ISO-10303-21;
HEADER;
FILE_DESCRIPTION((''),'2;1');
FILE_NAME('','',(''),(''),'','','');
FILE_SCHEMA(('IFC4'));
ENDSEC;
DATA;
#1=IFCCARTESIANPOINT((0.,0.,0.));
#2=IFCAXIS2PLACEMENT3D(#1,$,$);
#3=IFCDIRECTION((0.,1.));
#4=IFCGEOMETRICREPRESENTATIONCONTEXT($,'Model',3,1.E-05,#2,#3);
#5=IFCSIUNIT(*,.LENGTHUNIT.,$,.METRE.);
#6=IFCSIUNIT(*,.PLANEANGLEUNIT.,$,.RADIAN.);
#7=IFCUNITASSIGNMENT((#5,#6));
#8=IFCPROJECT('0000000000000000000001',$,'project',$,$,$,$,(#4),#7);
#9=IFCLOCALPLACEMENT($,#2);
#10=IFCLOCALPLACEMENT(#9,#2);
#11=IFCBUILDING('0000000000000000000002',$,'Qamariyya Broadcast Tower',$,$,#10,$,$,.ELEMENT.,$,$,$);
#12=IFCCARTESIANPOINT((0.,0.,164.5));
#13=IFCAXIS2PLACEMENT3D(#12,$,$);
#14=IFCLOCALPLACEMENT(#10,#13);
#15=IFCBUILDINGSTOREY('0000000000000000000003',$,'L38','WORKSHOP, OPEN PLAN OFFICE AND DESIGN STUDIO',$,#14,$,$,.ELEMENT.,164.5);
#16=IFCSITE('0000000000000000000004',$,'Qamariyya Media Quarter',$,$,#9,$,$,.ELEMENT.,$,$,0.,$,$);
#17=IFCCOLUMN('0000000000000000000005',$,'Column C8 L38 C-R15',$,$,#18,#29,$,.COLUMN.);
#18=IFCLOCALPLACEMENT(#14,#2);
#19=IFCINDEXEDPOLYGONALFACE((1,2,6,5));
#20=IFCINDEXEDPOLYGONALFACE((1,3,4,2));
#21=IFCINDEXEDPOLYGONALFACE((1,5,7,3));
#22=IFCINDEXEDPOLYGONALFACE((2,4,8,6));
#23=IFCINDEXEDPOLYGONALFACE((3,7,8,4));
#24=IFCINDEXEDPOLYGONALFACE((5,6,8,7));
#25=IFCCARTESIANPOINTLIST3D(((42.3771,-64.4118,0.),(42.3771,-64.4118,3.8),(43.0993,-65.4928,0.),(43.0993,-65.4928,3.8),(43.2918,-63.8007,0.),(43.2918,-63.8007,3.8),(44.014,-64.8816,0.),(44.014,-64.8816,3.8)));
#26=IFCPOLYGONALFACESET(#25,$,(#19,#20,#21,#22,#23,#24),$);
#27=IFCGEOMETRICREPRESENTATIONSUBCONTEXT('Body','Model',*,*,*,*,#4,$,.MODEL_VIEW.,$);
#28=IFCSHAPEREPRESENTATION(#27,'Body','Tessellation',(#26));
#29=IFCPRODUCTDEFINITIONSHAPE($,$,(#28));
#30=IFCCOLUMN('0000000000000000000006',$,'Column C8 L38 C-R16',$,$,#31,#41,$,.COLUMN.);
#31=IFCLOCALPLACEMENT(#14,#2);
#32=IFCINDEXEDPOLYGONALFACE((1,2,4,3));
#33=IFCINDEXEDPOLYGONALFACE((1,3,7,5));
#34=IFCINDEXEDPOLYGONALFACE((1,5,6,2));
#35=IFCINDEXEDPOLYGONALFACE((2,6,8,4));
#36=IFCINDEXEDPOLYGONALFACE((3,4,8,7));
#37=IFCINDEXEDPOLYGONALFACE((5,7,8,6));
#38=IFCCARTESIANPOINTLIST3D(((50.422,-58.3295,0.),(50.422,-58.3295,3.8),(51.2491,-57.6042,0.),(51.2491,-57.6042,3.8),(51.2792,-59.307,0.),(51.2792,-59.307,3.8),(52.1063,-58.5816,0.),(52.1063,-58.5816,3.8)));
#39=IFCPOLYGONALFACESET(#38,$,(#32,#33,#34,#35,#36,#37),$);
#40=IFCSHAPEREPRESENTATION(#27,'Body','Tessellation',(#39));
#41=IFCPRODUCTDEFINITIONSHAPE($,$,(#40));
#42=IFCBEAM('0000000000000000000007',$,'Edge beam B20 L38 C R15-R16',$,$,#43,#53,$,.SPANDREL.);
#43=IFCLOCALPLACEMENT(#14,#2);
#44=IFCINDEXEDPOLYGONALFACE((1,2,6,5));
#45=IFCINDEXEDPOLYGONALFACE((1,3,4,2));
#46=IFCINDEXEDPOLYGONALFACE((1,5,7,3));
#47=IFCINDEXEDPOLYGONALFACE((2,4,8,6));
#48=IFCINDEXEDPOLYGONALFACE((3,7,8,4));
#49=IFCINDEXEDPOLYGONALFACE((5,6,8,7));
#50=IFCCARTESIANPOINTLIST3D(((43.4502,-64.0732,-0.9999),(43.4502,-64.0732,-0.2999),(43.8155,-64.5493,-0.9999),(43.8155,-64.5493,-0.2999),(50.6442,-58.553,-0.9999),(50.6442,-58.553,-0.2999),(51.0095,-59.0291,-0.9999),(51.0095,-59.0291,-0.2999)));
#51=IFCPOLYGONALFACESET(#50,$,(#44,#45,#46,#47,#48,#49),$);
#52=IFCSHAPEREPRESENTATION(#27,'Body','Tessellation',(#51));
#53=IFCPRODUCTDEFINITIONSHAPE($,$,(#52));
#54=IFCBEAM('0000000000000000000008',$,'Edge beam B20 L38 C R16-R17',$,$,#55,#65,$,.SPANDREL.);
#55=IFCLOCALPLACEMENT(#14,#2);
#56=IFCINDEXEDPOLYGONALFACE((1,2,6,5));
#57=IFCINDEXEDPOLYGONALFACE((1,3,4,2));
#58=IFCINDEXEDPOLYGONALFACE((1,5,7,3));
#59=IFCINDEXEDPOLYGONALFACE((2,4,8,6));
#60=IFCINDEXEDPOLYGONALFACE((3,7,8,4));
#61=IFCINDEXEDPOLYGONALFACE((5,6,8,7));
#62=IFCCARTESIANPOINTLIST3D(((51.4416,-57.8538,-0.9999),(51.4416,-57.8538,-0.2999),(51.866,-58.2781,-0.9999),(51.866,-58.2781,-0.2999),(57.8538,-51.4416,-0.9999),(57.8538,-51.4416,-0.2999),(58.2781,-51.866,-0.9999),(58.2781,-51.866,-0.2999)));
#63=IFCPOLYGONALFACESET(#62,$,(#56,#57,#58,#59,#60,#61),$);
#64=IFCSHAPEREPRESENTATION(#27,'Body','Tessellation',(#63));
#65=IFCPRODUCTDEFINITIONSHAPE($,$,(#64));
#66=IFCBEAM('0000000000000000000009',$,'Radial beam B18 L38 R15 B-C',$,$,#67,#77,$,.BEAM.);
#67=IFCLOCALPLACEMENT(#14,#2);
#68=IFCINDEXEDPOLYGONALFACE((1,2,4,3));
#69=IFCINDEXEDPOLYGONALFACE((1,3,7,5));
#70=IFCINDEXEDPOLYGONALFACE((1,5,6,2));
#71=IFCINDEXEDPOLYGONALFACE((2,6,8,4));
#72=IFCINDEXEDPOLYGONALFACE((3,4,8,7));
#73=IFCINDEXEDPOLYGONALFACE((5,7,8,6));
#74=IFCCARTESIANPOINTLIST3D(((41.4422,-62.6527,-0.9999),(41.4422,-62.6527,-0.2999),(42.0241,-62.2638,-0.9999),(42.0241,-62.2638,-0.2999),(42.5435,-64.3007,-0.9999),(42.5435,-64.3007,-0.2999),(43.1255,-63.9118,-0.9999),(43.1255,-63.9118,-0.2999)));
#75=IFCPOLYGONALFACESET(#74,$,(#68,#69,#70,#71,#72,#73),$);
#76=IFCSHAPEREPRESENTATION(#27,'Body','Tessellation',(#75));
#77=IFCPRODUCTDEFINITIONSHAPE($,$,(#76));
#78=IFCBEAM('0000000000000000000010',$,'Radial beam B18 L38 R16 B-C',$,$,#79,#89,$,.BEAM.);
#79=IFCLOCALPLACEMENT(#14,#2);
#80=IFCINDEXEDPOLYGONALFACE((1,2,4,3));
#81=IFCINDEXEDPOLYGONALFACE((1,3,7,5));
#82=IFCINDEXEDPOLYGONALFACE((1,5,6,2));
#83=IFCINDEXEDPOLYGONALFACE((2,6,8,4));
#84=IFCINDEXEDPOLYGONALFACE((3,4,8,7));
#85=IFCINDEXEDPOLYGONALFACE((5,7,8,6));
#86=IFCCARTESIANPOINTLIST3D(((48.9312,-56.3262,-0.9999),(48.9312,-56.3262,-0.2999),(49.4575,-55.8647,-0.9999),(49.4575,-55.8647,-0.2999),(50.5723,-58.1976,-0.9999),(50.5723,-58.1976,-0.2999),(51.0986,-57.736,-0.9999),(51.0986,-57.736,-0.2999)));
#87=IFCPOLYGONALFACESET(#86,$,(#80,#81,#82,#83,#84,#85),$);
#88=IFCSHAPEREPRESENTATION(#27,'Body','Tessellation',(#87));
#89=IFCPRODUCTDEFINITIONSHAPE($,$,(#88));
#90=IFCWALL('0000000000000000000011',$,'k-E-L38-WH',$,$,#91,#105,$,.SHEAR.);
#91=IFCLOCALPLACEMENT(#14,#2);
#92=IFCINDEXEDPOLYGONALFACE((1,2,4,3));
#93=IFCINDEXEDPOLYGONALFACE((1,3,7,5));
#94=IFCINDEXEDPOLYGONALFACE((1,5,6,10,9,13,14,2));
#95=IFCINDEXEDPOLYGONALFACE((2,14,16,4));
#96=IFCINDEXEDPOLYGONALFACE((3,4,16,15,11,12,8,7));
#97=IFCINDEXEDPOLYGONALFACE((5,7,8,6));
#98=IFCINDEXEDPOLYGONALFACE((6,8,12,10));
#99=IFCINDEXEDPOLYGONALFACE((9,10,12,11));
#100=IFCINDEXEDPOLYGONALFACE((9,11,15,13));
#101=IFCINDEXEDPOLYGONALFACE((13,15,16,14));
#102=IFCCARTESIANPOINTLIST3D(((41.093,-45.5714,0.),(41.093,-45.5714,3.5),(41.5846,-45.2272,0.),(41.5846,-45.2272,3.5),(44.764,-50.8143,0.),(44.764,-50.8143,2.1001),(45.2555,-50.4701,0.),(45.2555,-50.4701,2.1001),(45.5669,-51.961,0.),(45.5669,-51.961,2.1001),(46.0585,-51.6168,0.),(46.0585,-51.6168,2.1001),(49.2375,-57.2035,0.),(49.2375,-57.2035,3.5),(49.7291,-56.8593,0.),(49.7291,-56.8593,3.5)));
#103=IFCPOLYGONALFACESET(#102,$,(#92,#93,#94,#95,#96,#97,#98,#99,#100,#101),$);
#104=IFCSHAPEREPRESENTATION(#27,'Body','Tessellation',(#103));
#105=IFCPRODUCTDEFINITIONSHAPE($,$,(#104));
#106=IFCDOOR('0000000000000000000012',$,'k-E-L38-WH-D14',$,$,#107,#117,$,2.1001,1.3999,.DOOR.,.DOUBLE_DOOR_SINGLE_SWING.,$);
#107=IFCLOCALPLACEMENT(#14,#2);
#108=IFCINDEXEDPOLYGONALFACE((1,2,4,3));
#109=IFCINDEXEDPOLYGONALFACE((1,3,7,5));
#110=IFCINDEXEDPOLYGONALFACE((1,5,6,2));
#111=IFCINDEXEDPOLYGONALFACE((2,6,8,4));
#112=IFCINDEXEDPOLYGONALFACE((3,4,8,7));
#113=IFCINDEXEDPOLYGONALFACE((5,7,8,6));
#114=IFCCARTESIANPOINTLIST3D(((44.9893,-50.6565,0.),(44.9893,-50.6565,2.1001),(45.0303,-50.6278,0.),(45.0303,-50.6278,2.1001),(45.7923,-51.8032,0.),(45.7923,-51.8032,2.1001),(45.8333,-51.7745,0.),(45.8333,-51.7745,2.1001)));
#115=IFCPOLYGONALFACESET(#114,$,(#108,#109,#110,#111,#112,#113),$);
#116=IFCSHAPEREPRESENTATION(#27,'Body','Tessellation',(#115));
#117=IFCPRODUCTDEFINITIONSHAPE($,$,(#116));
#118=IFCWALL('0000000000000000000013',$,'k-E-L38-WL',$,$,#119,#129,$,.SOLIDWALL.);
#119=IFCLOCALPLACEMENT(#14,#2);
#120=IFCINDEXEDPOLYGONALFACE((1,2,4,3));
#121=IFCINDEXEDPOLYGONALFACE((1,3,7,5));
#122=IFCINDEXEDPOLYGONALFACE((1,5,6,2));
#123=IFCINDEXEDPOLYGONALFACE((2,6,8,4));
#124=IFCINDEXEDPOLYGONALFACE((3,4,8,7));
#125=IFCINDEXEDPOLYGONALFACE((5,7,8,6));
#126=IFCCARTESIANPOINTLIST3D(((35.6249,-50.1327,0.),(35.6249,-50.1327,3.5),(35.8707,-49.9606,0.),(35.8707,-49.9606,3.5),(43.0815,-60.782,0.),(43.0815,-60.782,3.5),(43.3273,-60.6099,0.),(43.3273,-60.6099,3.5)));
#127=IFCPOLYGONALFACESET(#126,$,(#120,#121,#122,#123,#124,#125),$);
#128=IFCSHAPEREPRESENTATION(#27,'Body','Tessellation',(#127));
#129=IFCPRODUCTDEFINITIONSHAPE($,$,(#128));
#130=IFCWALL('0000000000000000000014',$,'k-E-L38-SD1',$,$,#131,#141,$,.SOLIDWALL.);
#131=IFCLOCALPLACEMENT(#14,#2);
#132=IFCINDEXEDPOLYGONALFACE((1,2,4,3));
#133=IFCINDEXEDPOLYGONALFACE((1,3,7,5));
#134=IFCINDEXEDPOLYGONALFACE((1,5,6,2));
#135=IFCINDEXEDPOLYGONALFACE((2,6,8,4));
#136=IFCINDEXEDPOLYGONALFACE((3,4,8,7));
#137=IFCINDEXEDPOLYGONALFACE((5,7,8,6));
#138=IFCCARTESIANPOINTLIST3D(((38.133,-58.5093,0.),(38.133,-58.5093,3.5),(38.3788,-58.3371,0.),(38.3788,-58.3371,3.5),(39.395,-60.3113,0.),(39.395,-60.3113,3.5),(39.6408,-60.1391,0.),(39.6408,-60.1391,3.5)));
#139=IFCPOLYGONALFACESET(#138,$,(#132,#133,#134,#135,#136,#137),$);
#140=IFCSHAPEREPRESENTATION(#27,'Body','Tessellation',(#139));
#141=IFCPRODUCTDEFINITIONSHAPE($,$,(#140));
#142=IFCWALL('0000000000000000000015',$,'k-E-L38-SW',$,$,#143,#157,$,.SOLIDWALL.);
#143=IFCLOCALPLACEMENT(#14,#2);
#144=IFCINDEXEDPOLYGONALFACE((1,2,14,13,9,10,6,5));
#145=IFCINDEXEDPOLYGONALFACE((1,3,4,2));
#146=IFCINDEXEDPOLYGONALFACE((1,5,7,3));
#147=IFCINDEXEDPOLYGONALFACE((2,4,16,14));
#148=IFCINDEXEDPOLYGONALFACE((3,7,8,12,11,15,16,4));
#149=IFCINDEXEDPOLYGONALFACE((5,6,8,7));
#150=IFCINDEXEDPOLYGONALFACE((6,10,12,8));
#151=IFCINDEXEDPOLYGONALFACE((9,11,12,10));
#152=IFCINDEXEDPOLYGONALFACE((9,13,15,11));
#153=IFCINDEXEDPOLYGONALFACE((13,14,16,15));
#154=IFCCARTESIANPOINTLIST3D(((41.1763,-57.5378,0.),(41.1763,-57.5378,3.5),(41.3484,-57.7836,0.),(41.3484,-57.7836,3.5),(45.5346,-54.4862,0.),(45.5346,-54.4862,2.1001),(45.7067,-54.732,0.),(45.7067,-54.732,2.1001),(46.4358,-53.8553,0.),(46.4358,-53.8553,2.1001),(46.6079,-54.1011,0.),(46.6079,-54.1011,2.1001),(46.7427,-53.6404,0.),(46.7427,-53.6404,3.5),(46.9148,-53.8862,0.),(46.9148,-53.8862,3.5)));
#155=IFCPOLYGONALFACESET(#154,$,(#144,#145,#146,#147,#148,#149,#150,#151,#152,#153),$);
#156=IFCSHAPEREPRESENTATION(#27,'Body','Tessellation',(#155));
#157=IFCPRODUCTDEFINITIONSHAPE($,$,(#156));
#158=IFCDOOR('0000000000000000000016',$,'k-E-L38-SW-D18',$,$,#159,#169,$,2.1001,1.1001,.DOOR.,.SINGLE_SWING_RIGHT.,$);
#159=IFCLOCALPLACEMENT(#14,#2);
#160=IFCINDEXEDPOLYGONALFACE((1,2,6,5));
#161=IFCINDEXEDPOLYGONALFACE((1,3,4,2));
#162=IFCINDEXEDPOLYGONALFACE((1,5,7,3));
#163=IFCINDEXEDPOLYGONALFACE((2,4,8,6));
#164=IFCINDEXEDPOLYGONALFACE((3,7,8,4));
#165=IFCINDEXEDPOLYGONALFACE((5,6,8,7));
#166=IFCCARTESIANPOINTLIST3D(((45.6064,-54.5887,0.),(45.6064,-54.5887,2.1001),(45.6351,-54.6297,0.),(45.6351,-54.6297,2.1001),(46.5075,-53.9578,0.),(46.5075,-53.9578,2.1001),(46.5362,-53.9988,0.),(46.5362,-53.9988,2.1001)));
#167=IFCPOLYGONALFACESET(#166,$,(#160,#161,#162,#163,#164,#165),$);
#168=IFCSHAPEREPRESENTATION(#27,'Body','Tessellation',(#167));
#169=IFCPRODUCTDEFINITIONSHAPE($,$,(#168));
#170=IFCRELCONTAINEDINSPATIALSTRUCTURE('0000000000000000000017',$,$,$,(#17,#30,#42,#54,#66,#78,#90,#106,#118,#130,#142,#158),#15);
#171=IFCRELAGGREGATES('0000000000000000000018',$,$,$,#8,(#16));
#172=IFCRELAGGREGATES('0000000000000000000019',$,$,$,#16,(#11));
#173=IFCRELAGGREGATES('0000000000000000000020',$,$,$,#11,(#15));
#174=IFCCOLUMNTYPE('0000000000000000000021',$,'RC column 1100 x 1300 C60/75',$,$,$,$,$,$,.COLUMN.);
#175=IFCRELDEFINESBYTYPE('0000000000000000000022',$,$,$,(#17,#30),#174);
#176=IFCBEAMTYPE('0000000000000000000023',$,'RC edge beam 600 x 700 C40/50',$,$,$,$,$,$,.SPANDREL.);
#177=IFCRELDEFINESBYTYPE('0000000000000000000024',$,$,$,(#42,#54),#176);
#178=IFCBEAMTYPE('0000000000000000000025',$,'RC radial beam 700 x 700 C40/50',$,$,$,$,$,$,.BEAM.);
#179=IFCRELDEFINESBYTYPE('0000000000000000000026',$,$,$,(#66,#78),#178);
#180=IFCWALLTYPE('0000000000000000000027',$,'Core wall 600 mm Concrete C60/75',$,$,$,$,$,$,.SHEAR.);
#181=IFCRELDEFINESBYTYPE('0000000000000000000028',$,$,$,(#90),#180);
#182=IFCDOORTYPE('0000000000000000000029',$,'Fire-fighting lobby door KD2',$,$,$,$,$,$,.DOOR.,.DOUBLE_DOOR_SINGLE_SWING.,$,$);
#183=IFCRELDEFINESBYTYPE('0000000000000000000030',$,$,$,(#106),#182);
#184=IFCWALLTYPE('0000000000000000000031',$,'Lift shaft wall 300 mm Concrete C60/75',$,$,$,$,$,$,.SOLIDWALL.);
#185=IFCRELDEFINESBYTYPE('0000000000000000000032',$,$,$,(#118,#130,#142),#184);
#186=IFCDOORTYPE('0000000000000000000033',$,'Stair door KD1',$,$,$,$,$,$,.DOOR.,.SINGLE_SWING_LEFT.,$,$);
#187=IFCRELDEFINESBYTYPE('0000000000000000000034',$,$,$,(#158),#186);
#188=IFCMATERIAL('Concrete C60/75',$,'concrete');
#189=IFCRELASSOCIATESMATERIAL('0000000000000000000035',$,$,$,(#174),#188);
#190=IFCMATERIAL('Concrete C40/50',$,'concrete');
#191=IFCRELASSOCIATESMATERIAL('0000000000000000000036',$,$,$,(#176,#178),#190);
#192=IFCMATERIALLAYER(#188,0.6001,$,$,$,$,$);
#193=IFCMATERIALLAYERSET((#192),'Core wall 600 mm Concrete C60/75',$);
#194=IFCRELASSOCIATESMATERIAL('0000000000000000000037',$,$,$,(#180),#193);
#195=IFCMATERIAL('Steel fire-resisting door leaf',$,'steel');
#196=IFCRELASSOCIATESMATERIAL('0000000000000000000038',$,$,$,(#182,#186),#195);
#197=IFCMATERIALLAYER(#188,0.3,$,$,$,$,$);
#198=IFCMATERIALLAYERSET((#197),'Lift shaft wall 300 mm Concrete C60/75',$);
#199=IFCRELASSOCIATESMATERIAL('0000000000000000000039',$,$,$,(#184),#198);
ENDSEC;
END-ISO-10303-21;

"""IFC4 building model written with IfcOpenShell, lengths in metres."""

from ifc_helpers import new_model, si_unit, direction, frame, frame_2d, origin, origin_2d, place, context, subcontext, project, spatial, rectangle, extrude, material, layer, layer_set, material_profile, profile_set, type_object, element, fill, save


model = new_model("IFC4")

# Units and contexts
model_context = context("Model", 3, precision=1e-05, world=origin(), true_north=direction((0.0, 1.0)))
body_context = subcontext(model_context, "Body", "Model", "MODEL_VIEW")
ifc_project = project(units=[si_unit("LENGTHUNIT", "METRE"), si_unit("PLANEANGLEUNIT", "RADIAN")], contexts=[model_context])

# Site, building, storey
site_placement = place(None, origin())
site = spatial("IfcSite", under=ifc_project, at=site_placement, Name="Qamariyya Media Quarter", CompositionType="ELEMENT", RefElevation=0.0)
building_placement = place(site_placement, origin())
building = spatial("IfcBuilding", under=site, at=building_placement, Name="Qamariyya Broadcast Tower", CompositionType="ELEMENT")
storey_placement = place(building_placement, frame((0.0, 0.0, 164.5)))
storey = spatial("IfcBuildingStorey", under=building, at=storey_placement, Name="L38", Description="WORKSHOP, OPEN PLAN OFFICE AND DESIGN STUDIO", CompositionType="ELEMENT", Elevation=164.5)

# Columns
ifc_material_1 = material(Name="Concrete C60/75", Category="concrete")
ifc_material_profile_1 = material_profile(ifc_material_1, rectangle(XDim=1.1001, YDim=1.3, at=origin_2d()))
ifc_profile_set_1 = profile_set([ifc_material_profile_1], Name="Concrete C60/75")
column_type = type_object("IfcColumnType", Name="RC column 1100 x 1300 C60/75", PredefinedType="COLUMN", material=ifc_profile_set_1)
for number, where, z_axis, x_axis, name in (
    (1, (43.1956, -64.6467, 0.0), (0.0, 0.0, 1.0), (0.83147, 0.55557, 0.0), "Column C8 L38 C-R15"),
    (2, (51.2642, -58.4556, 0.0), (0.0, 0.0, 1.0), (0.75184, 0.659346, 0.0), "Column C8 L38 C-R16"),
):
    element("IfcColumn", number, at=place(storey_placement, frame(where, z_axis=z_axis, x_axis=x_axis)), inside=storey, type_object=column_type, Name=name, PredefinedType="COLUMN", context=body_context, shape_type="SweptSolid", body=[
        extrude(rectangle(XDim=1.1001, YDim=1.3, at=origin_2d()), origin(), (0.0, 0.0, 1.0), 3.8),
    ])

# Beams
ifc_material_2 = material(Name="Concrete C40/50", Category="concrete")
ifc_material_profile_2 = material_profile(ifc_material_2, rectangle(XDim=0.6001, YDim=0.7, at=origin_2d()))
ifc_profile_set_2 = profile_set([ifc_material_profile_2], Name="Concrete C40/50")
beam_type_1 = type_object("IfcBeamType", Name="RC edge beam 600 x 700 C40/50", PredefinedType="SPANDREL", material=ifc_profile_set_2)
beam_1_placement = place(storey_placement, frame((43.6328, -64.3113, -0.6499), z_axis=(0.793351, 0.608764, 0.0), x_axis=(-0.608764, 0.793351, 0.0)))
element("IfcBeam", 3, at=beam_1_placement, inside=storey, type_object=beam_type_1, Name="Edge beam B20 L38 C R15-R16", PredefinedType="SPANDREL", context=body_context, shape_type="SweptSolid", body=[
    extrude(rectangle(XDim=0.6001, YDim=0.7, at=origin_2d()), origin(), (0.0, 0.0, 1.0), 9.0679),
])
beam_2_placement = place(storey_placement, frame((51.6538, -58.0659, -0.6499), z_axis=(0.707107, 0.707107, 0.0), x_axis=(-0.707107, 0.707107, 0.0)))
element("IfcBeam", 4, at=beam_2_placement, inside=storey, type_object=beam_type_1, Name="Edge beam B20 L38 C R16-R17", PredefinedType="SPANDREL", context=body_context, shape_type="SweptSolid", body=[
    extrude(rectangle(XDim=0.6001, YDim=0.7, at=origin_2d()), origin(), (0.0, 0.0, 1.0), 9.0681),
])
ifc_material_profile_3 = material_profile(ifc_material_2, rectangle(XDim=0.7, YDim=0.7, at=origin_2d()))
ifc_profile_set_3 = profile_set([ifc_material_profile_3], Name="Concrete C40/50")
beam_type_2 = type_object("IfcBeamType", Name="RC radial beam 700 x 700 C40/50", PredefinedType="BEAM", material=ifc_profile_set_3)
beam_3_placement = place(storey_placement, frame((41.7332, -62.4583, -0.6499), z_axis=(0.555638, -0.831424, 0.0), x_axis=(0.831424, 0.555638, 0.0)))
element("IfcBeam", 5, at=beam_3_placement, inside=storey, type_object=beam_type_2, Name="Radial beam B18 L38 R15 B-C", PredefinedType="BEAM", context=body_context, shape_type="SweptSolid", body=[
    extrude(rectangle(XDim=0.7, YDim=0.7, at=origin_2d()), origin(), (0.0, 0.0, 1.0), 1.9822),
])
beam_4_placement = place(storey_placement, frame((49.1943, -56.0955, -0.6499), z_axis=(0.659344, -0.751841, 0.0), x_axis=(0.751841, 0.659344, 0.0)))
element("IfcBeam", 6, at=beam_4_placement, inside=storey, type_object=beam_type_2, Name="Radial beam B18 L38 R16 B-C", PredefinedType="BEAM", context=body_context, shape_type="SweptSolid", body=[
    extrude(rectangle(XDim=0.7, YDim=0.7, at=origin_2d()), origin(), (0.0, 0.0, 1.0), 2.489),
])

# Wall, opening, door
ifc_layer_1 = layer(ifc_material_1, 0.6001)
ifc_layer_set_1 = layer_set([ifc_layer_1], Name="Core wall 600 mm Concrete C60/75")
wall_type_1 = type_object("IfcWallType", Name="Core wall 600 mm Concrete C60/75", PredefinedType="SHEAR", material=ifc_layer_set_1)
wall_1_placement = place(storey_placement, frame((49.4834, -57.0315, 0.0), z_axis=(0.0, 0.0, 1.0), x_axis=(-0.57356, 0.819163, 0.0)))
wall_1 = element("IfcWall", 7, at=wall_1_placement, inside=storey, type_object=wall_type_1, Name="k-E-L38-WH", PredefinedType="SHEAR", context=body_context, shape_type="SweptSolid", body=[
    extrude(rectangle(XDim=14.2, YDim=0.6001, at=frame_2d((7.1001, 0.0))), origin(), (0.0, 0.0, 1.0), 3.5),
])
opening_1_placement = place(wall_1_placement, frame((6.3999, 0.0, 0.0)))
opening_1 = element("IfcOpeningElement", 8, at=opening_1_placement, cuts=wall_1, PredefinedType="OPENING", context=body_context, shape_type="SweptSolid", body=[
    extrude(rectangle(XDim=1.3999, YDim=2.1001, at=frame_2d((0.7, 1.05))), frame((0.0, 0.3101, 0.0), z_axis=(0.0, -1.0, 0.0), x_axis=(1.0, 0.0, 0.0)), (0.0, 0.0, 1.0), 0.6201),
])
ifc_material_3 = material(Name="Steel fire-resisting door leaf", Category="steel")
door_type_1 = type_object("IfcDoorType", Name="Fire-fighting lobby door KD2", OperationType="DOUBLE_DOOR_SINGLE_SWING", PredefinedType="DOOR", material=ifc_material_3)
door_1_placement = place(opening_1_placement, origin())
door_1 = element("IfcDoor", 9, at=door_1_placement, inside=storey, type_object=door_type_1, Name="k-E-L38-WH-D14", OperationType="DOUBLE_DOOR_SINGLE_SWING", OverallHeight=2.1001, OverallWidth=1.3999, PredefinedType="DOOR", context=body_context, shape_type="SweptSolid", body=[
    extrude(rectangle(XDim=1.3999, YDim=2.1001, at=frame_2d((0.7, 1.05))), frame((0.0, 0.0249, 0.0), z_axis=(0.0, -1.0, 0.0), x_axis=(1.0, 0.0, 0.0)), (0.0, 0.0, 1.0), 0.05),
])
fill(opening_1, door_1)

# Walls
ifc_layer_2 = layer(ifc_material_1, 0.3)
ifc_layer_set_2 = layer_set([ifc_layer_2], Name="Lift shaft wall 300 mm Concrete C60/75")
wall_type_2 = type_object("IfcWallType", Name="Lift shaft wall 300 mm Concrete C60/75", PredefinedType="SOLIDWALL", material=ifc_layer_set_2)
wall_2_placement = place(storey_placement, frame((43.2043, -60.6958, 0.0), z_axis=(0.0, 0.0, 1.0), x_axis=(-0.573572, 0.819155, 0.0)))
element("IfcWall", 10, at=wall_2_placement, inside=storey, type_object=wall_type_2, Name="k-E-L38-WL", PredefinedType="SOLIDWALL", context=body_context, shape_type="SweptSolid", body=[
    extrude(rectangle(XDim=13.0002, YDim=0.3, at=frame_2d((6.5, 0.0))), origin(), (0.0, 0.0, 1.0), 3.5),
])
wall_3_placement = place(storey_placement, frame((38.2559, -58.4231, 0.0), z_axis=(0.0, 0.0, 1.0), x_axis=(0.573634, -0.819112, 0.0)))
element("IfcWall", 11, at=wall_3_placement, inside=storey, type_object=wall_type_2, Name="k-E-L38-SD1", PredefinedType="SOLIDWALL", context=body_context, shape_type="SweptSolid", body=[
    extrude(rectangle(XDim=2.2, YDim=0.3, at=frame_2d((1.1001, 0.0))), origin(), (0.0, 0.0, 1.0), 3.5),
])

# Wall, opening, door
wall_4_placement = place(storey_placement, frame((41.2625, -57.6606, 0.0), z_axis=(0.0, 0.0, 1.0), x_axis=(0.819164, 0.573559, 0.0)))
wall_4 = element("IfcWall", 12, at=wall_4_placement, inside=storey, type_object=wall_type_2, Name="k-E-L38-SW", PredefinedType="SOLIDWALL", context=body_context, shape_type="SweptSolid", body=[
    extrude(rectangle(XDim=6.7952, YDim=0.3, at=frame_2d((3.3975, 0.0))), origin(), (0.0, 0.0, 1.0), 3.5),
])
opening_2_placement = place(wall_4_placement, frame((5.3203, 0.0, 0.0)))
opening_2 = element("IfcOpeningElement", 13, at=opening_2_placement, cuts=wall_4, PredefinedType="OPENING", context=body_context, shape_type="SweptSolid", body=[
    extrude(rectangle(XDim=1.1001, YDim=2.1001, at=frame_2d((0.55, 1.05))), frame((0.0, 0.1599, 0.0), z_axis=(0.0, -1.0, 0.0), x_axis=(1.0, 0.0, 0.0)), (0.0, 0.0, 1.0), 0.3201),
])
door_type_2 = type_object("IfcDoorType", Name="Stair door KD1", OperationType="SINGLE_SWING_LEFT", PredefinedType="DOOR", material=ifc_material_3)
door_2_placement = place(opening_2_placement, origin())
door_2 = element("IfcDoor", 14, at=door_2_placement, inside=storey, type_object=door_type_2, Name="k-E-L38-SW-D18", OperationType="SINGLE_SWING_RIGHT", OverallHeight=2.1001, OverallWidth=1.1001, PredefinedType="DOOR", context=body_context, shape_type="SweptSolid", body=[
    extrude(rectangle(XDim=1.1001, YDim=2.1001, at=frame_2d((0.55, 1.05))), frame((0.0, 0.0249, 0.0), z_axis=(0.0, -1.0, 0.0), x_axis=(1.0, 0.0, 0.0)), (0.0, 0.0, 1.0), 0.05),
])
fill(opening_2, door_2)

save(model, "model.ifc")
